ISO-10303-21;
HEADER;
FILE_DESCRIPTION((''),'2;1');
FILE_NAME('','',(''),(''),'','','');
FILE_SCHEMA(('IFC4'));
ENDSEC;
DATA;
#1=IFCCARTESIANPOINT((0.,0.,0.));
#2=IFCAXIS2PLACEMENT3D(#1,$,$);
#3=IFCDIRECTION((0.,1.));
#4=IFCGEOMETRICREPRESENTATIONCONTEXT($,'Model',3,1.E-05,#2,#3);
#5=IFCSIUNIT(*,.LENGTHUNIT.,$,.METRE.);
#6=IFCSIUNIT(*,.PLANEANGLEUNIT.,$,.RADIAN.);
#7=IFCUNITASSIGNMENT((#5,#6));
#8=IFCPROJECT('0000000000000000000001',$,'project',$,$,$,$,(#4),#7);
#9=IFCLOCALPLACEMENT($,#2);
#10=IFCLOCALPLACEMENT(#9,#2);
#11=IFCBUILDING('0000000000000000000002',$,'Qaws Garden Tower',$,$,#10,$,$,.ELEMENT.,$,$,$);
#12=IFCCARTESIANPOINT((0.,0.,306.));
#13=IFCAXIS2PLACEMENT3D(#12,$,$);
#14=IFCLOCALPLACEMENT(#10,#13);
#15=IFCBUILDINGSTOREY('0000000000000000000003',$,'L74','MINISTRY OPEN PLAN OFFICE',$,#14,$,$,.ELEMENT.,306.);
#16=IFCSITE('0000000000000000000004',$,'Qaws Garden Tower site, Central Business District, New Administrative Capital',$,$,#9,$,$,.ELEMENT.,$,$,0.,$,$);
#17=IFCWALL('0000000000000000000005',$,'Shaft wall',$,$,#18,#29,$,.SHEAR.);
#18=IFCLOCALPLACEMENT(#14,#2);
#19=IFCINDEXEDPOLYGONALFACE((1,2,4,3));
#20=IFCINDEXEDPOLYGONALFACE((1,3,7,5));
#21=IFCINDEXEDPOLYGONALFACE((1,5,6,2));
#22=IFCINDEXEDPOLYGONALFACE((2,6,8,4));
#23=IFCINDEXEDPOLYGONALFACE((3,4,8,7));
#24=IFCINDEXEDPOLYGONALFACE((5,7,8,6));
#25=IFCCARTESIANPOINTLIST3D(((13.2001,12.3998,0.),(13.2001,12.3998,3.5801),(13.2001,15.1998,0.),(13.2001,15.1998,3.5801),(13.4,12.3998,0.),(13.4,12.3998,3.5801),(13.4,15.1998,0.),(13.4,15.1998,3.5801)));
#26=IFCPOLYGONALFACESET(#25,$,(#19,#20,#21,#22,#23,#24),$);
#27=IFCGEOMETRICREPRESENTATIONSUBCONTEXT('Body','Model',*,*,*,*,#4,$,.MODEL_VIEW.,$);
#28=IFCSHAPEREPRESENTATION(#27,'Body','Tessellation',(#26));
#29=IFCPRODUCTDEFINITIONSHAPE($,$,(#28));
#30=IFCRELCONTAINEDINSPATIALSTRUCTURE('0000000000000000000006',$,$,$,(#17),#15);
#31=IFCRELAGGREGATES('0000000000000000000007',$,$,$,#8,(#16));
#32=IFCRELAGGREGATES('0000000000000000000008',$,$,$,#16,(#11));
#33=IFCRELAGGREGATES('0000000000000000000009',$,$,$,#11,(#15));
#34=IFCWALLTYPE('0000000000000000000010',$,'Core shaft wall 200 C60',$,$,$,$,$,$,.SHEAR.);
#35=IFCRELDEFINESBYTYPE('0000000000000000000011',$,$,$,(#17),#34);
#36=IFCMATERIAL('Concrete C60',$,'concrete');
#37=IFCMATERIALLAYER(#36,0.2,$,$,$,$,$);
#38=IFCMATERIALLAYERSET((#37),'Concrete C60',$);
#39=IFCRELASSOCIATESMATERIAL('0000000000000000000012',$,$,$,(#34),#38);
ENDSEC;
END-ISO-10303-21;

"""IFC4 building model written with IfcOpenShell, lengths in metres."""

from ifc_helpers import new_model, si_unit, direction, frame, frame_2d, origin, place, context, subcontext, project, spatial, rectangle, extrude, material, layer, layer_set, type_object, element, save


model = new_model("IFC4")

# Units and contexts
model_context = context("Model", 3, precision=1e-05, world=origin(), true_north=direction((0.0, 1.0)))
body_context = subcontext(model_context, "Body", "Model", "MODEL_VIEW")
ifc_project = project(units=[si_unit("LENGTHUNIT", "METRE"), si_unit("PLANEANGLEUNIT", "RADIAN")], contexts=[model_context])

# Site, building, storey
site_placement = place(None, origin())
site = spatial("IfcSite", under=ifc_project, at=site_placement, Name="Qaws Garden Tower site, Central Business District, New Administrative Capital", CompositionType="ELEMENT", RefElevation=0.0)
building_placement = place(site_placement, origin())
building = spatial("IfcBuilding", under=site, at=building_placement, Name="Qaws Garden Tower", CompositionType="ELEMENT")
storey_placement = place(building_placement, frame((0.0, 0.0, 306.0)))
storey = spatial("IfcBuildingStorey", under=building, at=storey_placement, Name="L74", Description="MINISTRY OPEN PLAN OFFICE", CompositionType="ELEMENT", Elevation=306.0)

# Shared definitions
ifc_material_1 = material(Name="Concrete C60", Category="concrete")
ifc_layer_1 = layer(ifc_material_1, 0.2)
ifc_layer_set_1 = layer_set([ifc_layer_1], Name="Concrete C60")
wall_type_1 = type_object("IfcWallType", Name="Core shaft wall 200 C60", PredefinedType="SHEAR", material=ifc_layer_set_1)

# Wall
wall_1_placement = place(storey_placement, frame((13.3, 12.3999, 0.0), z_axis=(0.0, 0.0, 1.0), x_axis=(0.0, 1.0, 0.0)))
element("IfcWall", 1, at=wall_1_placement, inside=storey, type_object=wall_type_1, Name="Shaft wall", PredefinedType="SHEAR", context=body_context, shape_type="SweptSolid", body=[
    extrude(rectangle(XDim=2.8, YDim=0.2, at=frame_2d((1.3999, 0.0))), origin(), (0.0, 0.0, 1.0), 3.5801),
])

save(model, "model.ifc")
